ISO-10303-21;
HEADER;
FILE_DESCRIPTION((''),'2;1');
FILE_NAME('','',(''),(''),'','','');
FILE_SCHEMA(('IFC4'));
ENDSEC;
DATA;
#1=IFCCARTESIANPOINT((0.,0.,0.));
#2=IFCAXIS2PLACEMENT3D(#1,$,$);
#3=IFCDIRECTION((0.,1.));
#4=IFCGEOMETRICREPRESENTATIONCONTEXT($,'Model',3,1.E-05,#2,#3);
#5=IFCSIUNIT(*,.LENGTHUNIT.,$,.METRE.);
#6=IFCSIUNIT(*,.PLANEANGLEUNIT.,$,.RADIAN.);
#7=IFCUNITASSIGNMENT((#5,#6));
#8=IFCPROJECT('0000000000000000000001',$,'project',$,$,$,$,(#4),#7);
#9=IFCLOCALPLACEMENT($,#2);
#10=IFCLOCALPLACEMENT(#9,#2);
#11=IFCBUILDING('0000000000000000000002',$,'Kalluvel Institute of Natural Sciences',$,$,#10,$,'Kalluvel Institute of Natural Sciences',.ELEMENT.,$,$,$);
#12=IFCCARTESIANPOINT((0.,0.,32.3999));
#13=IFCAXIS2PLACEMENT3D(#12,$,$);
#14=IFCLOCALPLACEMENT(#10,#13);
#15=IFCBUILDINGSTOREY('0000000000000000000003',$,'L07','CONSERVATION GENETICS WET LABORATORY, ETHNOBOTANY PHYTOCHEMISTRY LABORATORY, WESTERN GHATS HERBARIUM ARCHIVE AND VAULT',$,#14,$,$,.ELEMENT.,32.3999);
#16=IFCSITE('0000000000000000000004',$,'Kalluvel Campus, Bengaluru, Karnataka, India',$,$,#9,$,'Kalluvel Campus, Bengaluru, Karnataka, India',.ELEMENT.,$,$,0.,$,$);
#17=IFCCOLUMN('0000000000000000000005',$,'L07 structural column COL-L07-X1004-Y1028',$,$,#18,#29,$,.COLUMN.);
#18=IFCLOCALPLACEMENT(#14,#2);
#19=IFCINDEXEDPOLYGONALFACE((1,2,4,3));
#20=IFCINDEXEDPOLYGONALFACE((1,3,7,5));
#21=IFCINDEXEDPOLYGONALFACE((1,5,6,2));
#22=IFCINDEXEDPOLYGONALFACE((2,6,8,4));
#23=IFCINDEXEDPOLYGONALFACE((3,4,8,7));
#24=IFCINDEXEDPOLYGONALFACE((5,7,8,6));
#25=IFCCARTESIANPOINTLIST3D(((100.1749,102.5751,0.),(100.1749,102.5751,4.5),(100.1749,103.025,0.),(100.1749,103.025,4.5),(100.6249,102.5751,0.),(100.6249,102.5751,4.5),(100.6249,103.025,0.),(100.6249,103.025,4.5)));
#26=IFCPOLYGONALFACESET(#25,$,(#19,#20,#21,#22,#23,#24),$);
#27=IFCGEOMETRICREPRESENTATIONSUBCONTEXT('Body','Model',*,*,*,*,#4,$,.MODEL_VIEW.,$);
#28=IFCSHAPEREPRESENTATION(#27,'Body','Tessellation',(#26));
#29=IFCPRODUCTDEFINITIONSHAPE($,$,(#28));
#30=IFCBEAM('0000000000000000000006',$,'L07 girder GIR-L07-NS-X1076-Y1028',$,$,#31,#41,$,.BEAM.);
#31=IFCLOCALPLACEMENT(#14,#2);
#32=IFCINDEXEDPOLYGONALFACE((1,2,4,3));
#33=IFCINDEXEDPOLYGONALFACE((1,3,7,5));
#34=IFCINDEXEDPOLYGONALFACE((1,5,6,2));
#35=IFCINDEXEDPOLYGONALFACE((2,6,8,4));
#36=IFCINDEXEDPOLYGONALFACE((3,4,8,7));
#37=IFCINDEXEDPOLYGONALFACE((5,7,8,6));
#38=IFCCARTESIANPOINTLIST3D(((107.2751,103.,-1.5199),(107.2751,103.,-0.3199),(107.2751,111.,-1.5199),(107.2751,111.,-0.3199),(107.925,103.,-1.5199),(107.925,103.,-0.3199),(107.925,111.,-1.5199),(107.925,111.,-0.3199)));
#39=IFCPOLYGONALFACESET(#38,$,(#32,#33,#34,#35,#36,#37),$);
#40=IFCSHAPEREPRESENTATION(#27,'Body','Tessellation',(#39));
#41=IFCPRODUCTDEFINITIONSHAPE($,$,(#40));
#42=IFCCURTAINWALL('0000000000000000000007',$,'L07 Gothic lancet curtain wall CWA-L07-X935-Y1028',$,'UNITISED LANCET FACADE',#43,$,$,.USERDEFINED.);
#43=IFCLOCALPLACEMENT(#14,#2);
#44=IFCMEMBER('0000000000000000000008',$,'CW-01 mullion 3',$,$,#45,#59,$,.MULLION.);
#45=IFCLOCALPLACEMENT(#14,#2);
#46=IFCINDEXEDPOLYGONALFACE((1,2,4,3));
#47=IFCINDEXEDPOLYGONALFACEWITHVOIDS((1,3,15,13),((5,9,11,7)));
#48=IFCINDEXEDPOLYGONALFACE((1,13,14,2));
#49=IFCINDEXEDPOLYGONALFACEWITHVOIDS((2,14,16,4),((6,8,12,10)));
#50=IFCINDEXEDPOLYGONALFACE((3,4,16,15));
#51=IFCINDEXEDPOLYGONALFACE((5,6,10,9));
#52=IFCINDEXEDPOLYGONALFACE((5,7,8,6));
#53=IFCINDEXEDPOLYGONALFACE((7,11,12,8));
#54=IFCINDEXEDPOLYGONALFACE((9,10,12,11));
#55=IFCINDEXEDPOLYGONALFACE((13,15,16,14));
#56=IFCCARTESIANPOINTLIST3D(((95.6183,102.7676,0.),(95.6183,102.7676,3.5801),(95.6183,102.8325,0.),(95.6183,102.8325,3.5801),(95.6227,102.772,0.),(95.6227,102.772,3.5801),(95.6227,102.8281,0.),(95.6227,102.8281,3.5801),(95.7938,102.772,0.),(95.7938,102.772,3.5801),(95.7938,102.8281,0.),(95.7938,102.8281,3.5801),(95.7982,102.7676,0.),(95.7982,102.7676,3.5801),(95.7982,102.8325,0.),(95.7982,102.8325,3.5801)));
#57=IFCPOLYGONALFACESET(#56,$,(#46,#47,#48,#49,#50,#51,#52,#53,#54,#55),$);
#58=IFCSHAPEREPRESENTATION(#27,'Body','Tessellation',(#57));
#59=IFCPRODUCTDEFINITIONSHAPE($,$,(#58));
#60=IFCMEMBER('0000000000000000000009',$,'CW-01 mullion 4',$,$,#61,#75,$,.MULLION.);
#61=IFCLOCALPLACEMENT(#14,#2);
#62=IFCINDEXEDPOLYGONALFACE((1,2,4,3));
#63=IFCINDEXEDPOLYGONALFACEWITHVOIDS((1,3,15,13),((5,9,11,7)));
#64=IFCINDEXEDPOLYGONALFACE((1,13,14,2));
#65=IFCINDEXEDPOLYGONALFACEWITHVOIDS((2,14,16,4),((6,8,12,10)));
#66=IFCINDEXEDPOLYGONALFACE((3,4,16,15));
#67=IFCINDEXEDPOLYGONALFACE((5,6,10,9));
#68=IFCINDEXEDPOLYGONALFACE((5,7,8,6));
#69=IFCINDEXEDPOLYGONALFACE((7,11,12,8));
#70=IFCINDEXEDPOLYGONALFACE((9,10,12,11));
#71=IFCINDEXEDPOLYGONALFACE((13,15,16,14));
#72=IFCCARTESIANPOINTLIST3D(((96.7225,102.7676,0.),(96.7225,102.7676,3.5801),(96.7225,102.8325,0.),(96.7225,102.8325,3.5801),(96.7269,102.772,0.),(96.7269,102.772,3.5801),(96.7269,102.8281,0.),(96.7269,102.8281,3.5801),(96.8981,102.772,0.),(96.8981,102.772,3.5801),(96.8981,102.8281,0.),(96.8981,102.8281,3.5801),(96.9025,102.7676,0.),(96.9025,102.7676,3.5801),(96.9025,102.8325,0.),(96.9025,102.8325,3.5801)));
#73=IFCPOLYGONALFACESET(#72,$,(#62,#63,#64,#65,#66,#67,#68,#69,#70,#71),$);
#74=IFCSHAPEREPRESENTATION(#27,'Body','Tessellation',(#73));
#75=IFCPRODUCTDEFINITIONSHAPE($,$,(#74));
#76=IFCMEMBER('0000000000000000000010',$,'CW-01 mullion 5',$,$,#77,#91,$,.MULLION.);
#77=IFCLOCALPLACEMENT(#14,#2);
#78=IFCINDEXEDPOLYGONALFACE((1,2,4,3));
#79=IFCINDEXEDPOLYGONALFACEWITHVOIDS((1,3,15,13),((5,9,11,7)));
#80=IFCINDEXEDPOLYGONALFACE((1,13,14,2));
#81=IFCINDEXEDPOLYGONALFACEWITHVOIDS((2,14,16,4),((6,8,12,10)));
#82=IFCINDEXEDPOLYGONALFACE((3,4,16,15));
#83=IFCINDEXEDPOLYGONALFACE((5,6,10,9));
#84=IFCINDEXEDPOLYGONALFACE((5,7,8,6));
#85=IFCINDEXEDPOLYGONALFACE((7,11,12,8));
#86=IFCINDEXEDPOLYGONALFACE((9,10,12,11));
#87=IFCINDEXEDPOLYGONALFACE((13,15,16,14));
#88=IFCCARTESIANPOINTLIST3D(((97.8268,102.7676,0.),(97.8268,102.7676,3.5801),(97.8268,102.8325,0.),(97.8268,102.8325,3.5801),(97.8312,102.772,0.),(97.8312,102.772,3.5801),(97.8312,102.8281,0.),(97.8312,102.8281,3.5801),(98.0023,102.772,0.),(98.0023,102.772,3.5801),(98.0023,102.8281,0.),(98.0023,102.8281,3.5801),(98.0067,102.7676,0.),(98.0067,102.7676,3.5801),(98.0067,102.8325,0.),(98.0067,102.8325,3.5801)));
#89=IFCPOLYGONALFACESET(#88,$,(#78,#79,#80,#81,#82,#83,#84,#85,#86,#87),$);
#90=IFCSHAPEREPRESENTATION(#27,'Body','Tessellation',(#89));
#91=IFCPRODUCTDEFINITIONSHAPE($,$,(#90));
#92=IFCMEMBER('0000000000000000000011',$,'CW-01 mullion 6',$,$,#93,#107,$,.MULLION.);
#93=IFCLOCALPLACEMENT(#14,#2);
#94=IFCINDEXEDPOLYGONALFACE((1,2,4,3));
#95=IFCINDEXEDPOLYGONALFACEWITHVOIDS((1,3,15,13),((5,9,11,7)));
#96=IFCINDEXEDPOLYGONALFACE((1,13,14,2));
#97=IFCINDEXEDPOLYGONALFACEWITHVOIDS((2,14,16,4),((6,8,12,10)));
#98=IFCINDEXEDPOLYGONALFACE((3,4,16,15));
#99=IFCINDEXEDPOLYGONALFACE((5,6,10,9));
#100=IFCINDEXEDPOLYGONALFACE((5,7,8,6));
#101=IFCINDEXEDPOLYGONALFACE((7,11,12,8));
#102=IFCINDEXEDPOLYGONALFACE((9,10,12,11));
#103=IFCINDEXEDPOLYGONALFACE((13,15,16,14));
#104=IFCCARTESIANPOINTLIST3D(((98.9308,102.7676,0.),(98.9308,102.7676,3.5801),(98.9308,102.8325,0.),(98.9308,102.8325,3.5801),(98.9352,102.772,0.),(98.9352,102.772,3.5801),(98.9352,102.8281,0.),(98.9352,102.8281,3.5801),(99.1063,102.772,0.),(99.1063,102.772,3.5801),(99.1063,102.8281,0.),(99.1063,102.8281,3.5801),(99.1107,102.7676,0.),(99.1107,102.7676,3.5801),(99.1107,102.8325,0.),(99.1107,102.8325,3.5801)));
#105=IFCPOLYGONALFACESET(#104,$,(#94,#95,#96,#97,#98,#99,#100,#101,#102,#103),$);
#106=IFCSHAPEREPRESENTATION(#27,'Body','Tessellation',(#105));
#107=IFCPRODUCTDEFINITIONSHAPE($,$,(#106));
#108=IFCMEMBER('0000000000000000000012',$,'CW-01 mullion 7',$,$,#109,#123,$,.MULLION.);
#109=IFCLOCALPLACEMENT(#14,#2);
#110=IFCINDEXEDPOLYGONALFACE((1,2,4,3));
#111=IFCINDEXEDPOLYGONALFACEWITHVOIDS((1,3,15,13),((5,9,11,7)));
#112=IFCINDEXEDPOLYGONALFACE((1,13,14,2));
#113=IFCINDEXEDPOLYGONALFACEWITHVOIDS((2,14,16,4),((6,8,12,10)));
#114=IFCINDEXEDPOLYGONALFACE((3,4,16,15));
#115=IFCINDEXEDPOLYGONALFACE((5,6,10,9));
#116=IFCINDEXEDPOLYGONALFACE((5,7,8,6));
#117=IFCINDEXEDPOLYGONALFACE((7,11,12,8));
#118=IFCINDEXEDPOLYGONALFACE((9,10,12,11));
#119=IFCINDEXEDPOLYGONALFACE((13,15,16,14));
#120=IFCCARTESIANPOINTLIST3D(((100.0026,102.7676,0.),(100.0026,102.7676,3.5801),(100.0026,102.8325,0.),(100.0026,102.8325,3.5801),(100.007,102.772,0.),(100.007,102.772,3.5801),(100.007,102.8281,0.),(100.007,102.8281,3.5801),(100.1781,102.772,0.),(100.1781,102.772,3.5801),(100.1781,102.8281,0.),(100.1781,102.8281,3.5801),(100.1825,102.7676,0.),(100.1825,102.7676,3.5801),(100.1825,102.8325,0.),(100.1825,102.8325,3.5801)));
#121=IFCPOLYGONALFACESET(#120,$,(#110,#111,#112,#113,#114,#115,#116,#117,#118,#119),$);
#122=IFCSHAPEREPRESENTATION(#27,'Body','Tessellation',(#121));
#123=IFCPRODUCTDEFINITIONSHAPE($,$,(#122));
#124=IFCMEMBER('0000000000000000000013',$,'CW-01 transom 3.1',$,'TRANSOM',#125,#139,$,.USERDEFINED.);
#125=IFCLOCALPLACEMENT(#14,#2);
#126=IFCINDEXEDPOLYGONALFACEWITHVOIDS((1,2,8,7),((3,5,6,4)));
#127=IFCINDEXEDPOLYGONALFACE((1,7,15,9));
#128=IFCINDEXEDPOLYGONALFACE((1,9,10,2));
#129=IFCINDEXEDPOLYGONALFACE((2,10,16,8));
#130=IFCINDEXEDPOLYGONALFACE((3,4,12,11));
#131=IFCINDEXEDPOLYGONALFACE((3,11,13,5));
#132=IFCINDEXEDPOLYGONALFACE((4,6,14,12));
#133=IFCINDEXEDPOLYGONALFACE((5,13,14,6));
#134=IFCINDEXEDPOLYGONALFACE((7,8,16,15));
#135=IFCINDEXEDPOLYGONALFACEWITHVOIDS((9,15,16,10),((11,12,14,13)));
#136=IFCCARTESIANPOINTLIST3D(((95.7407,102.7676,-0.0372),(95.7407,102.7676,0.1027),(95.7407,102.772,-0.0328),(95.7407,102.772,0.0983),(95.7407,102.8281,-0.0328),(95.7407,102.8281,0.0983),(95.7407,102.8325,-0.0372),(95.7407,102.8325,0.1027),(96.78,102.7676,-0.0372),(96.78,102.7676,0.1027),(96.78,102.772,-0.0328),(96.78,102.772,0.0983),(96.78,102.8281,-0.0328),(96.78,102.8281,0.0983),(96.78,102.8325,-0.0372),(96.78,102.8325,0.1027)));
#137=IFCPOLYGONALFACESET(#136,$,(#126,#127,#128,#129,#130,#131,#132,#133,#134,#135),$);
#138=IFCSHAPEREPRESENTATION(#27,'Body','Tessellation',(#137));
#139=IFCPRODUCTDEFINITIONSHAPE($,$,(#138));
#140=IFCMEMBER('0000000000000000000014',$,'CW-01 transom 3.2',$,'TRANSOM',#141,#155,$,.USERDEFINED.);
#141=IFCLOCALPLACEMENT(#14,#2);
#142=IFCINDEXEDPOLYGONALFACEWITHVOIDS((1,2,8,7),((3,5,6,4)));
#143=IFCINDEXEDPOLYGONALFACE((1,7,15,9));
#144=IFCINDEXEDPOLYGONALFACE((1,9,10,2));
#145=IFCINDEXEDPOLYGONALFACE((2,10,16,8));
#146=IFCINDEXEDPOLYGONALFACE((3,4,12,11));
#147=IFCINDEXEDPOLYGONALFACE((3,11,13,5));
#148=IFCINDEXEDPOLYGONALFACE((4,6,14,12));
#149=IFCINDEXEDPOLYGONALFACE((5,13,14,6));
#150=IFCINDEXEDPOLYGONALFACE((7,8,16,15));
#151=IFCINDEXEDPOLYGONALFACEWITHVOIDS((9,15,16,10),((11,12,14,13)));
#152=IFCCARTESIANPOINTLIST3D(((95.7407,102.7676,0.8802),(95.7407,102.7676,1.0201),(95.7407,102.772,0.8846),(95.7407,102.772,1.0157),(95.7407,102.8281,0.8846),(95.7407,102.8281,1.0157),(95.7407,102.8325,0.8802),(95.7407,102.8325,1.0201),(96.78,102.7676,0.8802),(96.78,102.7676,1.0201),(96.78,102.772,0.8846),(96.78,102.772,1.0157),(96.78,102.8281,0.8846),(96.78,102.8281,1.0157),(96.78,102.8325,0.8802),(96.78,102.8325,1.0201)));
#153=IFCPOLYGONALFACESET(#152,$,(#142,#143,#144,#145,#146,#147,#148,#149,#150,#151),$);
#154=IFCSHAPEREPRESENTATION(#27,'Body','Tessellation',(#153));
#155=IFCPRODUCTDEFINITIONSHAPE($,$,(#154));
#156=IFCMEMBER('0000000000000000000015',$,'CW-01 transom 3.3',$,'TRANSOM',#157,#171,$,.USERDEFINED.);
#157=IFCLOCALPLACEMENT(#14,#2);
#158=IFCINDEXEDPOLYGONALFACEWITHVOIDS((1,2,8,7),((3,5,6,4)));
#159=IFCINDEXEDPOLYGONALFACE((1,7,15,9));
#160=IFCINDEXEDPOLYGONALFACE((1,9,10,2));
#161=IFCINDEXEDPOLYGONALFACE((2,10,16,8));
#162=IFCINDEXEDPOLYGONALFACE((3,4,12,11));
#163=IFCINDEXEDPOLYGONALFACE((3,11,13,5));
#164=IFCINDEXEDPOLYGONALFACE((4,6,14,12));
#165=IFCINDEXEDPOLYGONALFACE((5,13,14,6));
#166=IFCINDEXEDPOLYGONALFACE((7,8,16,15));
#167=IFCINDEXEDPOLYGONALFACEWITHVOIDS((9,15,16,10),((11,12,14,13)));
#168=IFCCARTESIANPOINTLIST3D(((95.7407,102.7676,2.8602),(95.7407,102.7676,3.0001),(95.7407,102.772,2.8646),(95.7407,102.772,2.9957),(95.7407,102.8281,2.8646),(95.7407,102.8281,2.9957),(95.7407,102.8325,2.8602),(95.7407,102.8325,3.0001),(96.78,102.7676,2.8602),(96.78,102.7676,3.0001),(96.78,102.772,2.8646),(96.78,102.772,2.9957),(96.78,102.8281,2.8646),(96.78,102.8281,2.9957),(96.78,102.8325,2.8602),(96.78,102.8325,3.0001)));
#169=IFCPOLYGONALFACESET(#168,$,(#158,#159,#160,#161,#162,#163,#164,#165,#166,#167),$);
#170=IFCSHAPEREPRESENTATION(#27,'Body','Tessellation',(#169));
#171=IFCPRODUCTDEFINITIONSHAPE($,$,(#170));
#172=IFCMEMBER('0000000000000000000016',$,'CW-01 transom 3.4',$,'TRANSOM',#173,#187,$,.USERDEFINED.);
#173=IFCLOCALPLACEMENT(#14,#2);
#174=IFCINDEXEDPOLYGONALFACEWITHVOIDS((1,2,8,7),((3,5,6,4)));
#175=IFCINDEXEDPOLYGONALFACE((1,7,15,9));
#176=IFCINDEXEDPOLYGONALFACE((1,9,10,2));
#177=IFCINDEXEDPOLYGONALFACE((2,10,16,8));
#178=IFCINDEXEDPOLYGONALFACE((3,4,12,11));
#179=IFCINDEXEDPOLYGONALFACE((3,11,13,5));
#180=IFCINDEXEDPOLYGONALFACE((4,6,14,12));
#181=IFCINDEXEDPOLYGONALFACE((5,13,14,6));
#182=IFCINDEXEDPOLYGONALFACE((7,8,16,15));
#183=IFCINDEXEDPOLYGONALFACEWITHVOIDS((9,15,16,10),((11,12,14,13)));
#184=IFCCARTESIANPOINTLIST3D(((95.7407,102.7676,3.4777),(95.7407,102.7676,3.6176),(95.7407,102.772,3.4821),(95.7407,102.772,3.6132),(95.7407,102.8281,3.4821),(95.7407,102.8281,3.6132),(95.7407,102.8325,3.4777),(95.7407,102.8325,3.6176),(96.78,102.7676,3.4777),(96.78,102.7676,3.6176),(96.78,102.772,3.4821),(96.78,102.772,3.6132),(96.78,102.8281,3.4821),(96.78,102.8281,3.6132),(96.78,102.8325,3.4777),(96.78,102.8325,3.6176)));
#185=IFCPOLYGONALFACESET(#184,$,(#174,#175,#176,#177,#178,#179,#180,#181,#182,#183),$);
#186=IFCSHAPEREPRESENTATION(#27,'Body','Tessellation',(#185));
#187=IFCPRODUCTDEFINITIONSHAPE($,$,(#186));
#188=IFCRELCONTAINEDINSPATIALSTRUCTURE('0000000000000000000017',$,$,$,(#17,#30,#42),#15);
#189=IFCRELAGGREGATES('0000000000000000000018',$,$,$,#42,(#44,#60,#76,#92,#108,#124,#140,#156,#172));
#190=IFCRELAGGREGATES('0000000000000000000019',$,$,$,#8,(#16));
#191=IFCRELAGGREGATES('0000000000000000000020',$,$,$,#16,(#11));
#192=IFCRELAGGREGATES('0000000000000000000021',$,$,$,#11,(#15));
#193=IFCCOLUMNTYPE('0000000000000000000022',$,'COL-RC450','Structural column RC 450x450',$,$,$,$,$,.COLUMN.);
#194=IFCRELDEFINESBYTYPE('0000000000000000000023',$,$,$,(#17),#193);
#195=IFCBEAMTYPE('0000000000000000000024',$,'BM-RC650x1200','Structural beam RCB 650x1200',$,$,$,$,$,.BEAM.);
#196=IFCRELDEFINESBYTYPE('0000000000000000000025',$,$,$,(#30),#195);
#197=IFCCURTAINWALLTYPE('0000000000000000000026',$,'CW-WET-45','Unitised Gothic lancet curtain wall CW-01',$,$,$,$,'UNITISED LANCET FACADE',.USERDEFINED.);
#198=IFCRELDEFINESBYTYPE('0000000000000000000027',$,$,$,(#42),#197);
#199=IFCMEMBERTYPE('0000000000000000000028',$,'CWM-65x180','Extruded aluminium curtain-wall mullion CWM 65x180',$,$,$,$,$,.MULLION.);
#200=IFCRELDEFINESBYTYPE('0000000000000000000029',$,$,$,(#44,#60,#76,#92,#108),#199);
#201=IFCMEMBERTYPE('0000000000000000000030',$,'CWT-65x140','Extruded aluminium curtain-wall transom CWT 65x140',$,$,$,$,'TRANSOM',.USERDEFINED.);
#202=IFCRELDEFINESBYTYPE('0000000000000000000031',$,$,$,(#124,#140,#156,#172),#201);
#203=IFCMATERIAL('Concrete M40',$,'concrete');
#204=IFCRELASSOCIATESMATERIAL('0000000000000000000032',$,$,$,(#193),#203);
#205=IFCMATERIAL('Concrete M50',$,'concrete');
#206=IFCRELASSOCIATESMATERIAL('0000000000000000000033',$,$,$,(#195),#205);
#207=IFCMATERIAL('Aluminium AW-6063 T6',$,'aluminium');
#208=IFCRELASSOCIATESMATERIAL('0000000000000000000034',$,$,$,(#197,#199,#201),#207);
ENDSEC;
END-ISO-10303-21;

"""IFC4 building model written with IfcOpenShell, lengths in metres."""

from ifc_helpers import new_model, si_unit, direction, frame, origin, origin_2d, place, context, subcontext, project, spatial, rectangle, hollow_rectangle, extrude, material, material_profile, profile_set, type_object, element, aggregate, save


model = new_model("IFC4")

# Units and contexts
model_context = context("Model", 3, precision=1e-05, world=origin(), true_north=direction((0.0, 1.0)))
body_context = subcontext(model_context, "Body", "Model", "MODEL_VIEW")
ifc_project = project(units=[si_unit("LENGTHUNIT", "METRE"), si_unit("PLANEANGLEUNIT", "RADIAN")], contexts=[model_context])

# Site, building, storey
site_placement = place(None, origin())
site = spatial("IfcSite", under=ifc_project, at=site_placement, Name="Kalluvel Campus, Bengaluru, Karnataka, India", LongName="Kalluvel Campus, Bengaluru, Karnataka, India", CompositionType="ELEMENT", RefElevation=0.0)
building_placement = place(site_placement, origin())
building = spatial("IfcBuilding", under=site, at=building_placement, Name="Kalluvel Institute of Natural Sciences", LongName="Kalluvel Institute of Natural Sciences", CompositionType="ELEMENT")
storey_placement = place(building_placement, frame((0.0, 0.0, 32.3999)))
storey = spatial("IfcBuildingStorey", under=building, at=storey_placement, Name="L07", Description="CONSERVATION GENETICS WET LABORATORY, ETHNOBOTANY PHYTOCHEMISTRY LABORATORY, WESTERN GHATS HERBARIUM ARCHIVE AND VAULT", CompositionType="ELEMENT", Elevation=32.3999)

# Column
ifc_material_1 = material(Name="Concrete M40", Category="concrete")
ifc_material_profile_1 = material_profile(ifc_material_1, rectangle(XDim=0.45, YDim=0.45, at=origin_2d()), Name="RC 450x450")
ifc_profile_set_1 = profile_set([ifc_material_profile_1], Name="Concrete M40")
column_type = type_object("IfcColumnType", Name="COL-RC450", Description="Structural column RC 450x450", PredefinedType="COLUMN", material=ifc_profile_set_1)
column_placement = place(storey_placement, frame((100.3999, 102.8, 0.0), z_axis=(0.0, 0.0, 1.0), x_axis=(1.0, 0.0, 0.0)))
element("IfcColumn", 1, at=column_placement, inside=storey, type_object=column_type, Name="L07 structural column COL-L07-X1004-Y1028", PredefinedType="COLUMN", context=body_context, shape_type="SweptSolid", body=[
    extrude(rectangle(XDim=0.45, YDim=0.45, at=origin_2d()), origin(), (0.0, 0.0, 1.0), 4.5),
])

# Beam
ifc_material_2 = material(Name="Concrete M50", Category="concrete")
ifc_material_profile_2 = material_profile(ifc_material_2, rectangle(XDim=0.6499, YDim=1.2, at=origin_2d()), Name="RCB 650x1200")
ifc_profile_set_2 = profile_set([ifc_material_profile_2], Name="Concrete M50")
beam_type_1 = type_object("IfcBeamType", Name="BM-RC650x1200", Description="Structural beam RCB 650x1200", PredefinedType="BEAM", material=ifc_profile_set_2)
beam_1_placement = place(storey_placement, frame((107.6001, 103.0, -0.9199), z_axis=(0.0, 1.0, 0.0), x_axis=(-1.0, 0.0, 0.0)))
element("IfcBeam", 2, at=beam_1_placement, inside=storey, type_object=beam_type_1, Name="L07 girder GIR-L07-NS-X1076-Y1028", PredefinedType="BEAM", context=body_context, shape_type="SweptSolid", body=[
    extrude(rectangle(XDim=0.6499, YDim=1.2, at=origin_2d()), origin(), (0.0, 0.0, 1.0), 8.0),
])

# Curtain wall, members
ifc_material_3 = material(Name="Aluminium AW-6063 T6", Category="aluminium")
curtain_wall_type = type_object("IfcCurtainWallType", Name="CW-WET-45", Description="Unitised Gothic lancet curtain wall CW-01", ElementType="UNITISED LANCET FACADE", PredefinedType="USERDEFINED", material=ifc_material_3)
curtain_wall_placement = place(storey_placement, origin())
curtain_wall = element("IfcCurtainWall", 3, at=curtain_wall_placement, inside=storey, type_object=curtain_wall_type, Name="L07 Gothic lancet curtain wall CWA-L07-X935-Y1028", ObjectType="UNITISED LANCET FACADE", PredefinedType="USERDEFINED")
ifc_material_profile_3 = material_profile(ifc_material_3, hollow_rectangle(XDim=0.0649, YDim=0.1799, WallThickness=0.0044, at=origin_2d()), Name="CWM 65x180")
ifc_profile_set_3 = profile_set([ifc_material_profile_3], Name="Aluminium AW-6063 T6")
member_type_1 = type_object("IfcMemberType", Name="CWM-65x180", Description="Extruded aluminium curtain-wall mullion CWM 65x180", PredefinedType="MULLION", material=ifc_profile_set_3)
member_1_placement = place(storey_placement, frame((95.7083, 102.8, 0.0), z_axis=(0.0, 0.0, 1.0), x_axis=(0.0, 1.0, 0.0)))
member_1 = element("IfcMember", 4, at=member_1_placement, type_object=member_type_1, Name="CW-01 mullion 3", PredefinedType="MULLION", context=body_context, shape_type="SweptSolid", body=[
    extrude(hollow_rectangle(XDim=0.0649, YDim=0.1799, WallThickness=0.0044, at=origin_2d()), origin(), (0.0, 0.0, 1.0), 3.5801),
])
member_2_placement = place(storey_placement, frame((96.8125, 102.8, 0.0), z_axis=(0.0, 0.0, 1.0), x_axis=(0.0, 1.0, 0.0)))
member_2 = element("IfcMember", 5, at=member_2_placement, type_object=member_type_1, Name="CW-01 mullion 4", PredefinedType="MULLION", context=body_context, shape_type="SweptSolid", body=[
    extrude(hollow_rectangle(XDim=0.0649, YDim=0.1799, WallThickness=0.0044, at=origin_2d()), origin(), (0.0, 0.0, 1.0), 3.5801),
])
member_3_placement = place(storey_placement, frame((97.9167, 102.8, 0.0), z_axis=(0.0, 0.0, 1.0), x_axis=(0.0, 1.0, 0.0)))
member_3 = element("IfcMember", 6, at=member_3_placement, type_object=member_type_1, Name="CW-01 mullion 5", PredefinedType="MULLION", context=body_context, shape_type="SweptSolid", body=[
    extrude(hollow_rectangle(XDim=0.0649, YDim=0.1799, WallThickness=0.0044, at=origin_2d()), origin(), (0.0, 0.0, 1.0), 3.5801),
])
member_4_placement = place(storey_placement, frame((99.0208, 102.8, 0.0), z_axis=(0.0, 0.0, 1.0), x_axis=(0.0, 1.0, 0.0)))
member_4 = element("IfcMember", 7, at=member_4_placement, type_object=member_type_1, Name="CW-01 mullion 6", PredefinedType="MULLION", context=body_context, shape_type="SweptSolid", body=[
    extrude(hollow_rectangle(XDim=0.0649, YDim=0.1799, WallThickness=0.0044, at=origin_2d()), origin(), (0.0, 0.0, 1.0), 3.5801),
])
member_5_placement = place(storey_placement, frame((100.0925, 102.8, 0.0), z_axis=(0.0, 0.0, 1.0), x_axis=(0.0, 1.0, 0.0)))
member_5 = element("IfcMember", 8, at=member_5_placement, type_object=member_type_1, Name="CW-01 mullion 7", PredefinedType="MULLION", context=body_context, shape_type="SweptSolid", body=[
    extrude(hollow_rectangle(XDim=0.0649, YDim=0.1799, WallThickness=0.0044, at=origin_2d()), origin(), (0.0, 0.0, 1.0), 3.5801),
])
ifc_material_profile_4 = material_profile(ifc_material_3, hollow_rectangle(XDim=0.0649, YDim=0.1399, WallThickness=0.0044, at=origin_2d()), Name="CWT 65x140")
ifc_profile_set_4 = profile_set([ifc_material_profile_4], Name="Aluminium AW-6063 T6")
member_type_2 = type_object("IfcMemberType", Name="CWT-65x140", Description="Extruded aluminium curtain-wall transom CWT 65x140", ElementType="TRANSOM", PredefinedType="USERDEFINED", material=ifc_profile_set_4)
member_6_placement = place(storey_placement, frame((95.7407, 102.8, 0.0327), z_axis=(1.0, 0.0, 0.0), x_axis=(0.0, 1.0, 0.0)))
member_6 = element("IfcMember", 9, at=member_6_placement, type_object=member_type_2, Name="CW-01 transom 3.1", ObjectType="TRANSOM", PredefinedType="USERDEFINED", context=body_context, shape_type="SweptSolid", body=[
    extrude(hollow_rectangle(XDim=0.0649, YDim=0.1399, WallThickness=0.0044, at=origin_2d()), origin(), (0.0, 0.0, 1.0), 1.0393),
])
member_7_placement = place(storey_placement, frame((95.7407, 102.8, 0.9502), z_axis=(1.0, 0.0, 0.0), x_axis=(0.0, 1.0, 0.0)))
member_7 = element("IfcMember", 10, at=member_7_placement, type_object=member_type_2, Name="CW-01 transom 3.2", ObjectType="TRANSOM", PredefinedType="USERDEFINED", context=body_context, shape_type="SweptSolid", body=[
    extrude(hollow_rectangle(XDim=0.0649, YDim=0.1399, WallThickness=0.0044, at=origin_2d()), origin(), (0.0, 0.0, 1.0), 1.0393),
])
member_8_placement = place(storey_placement, frame((95.7407, 102.8, 2.9302), z_axis=(1.0, 0.0, 0.0), x_axis=(0.0, 1.0, 0.0)))
member_8 = element("IfcMember", 11, at=member_8_placement, type_object=member_type_2, Name="CW-01 transom 3.3", ObjectType="TRANSOM", PredefinedType="USERDEFINED", context=body_context, shape_type="SweptSolid", body=[
    extrude(hollow_rectangle(XDim=0.0649, YDim=0.1399, WallThickness=0.0044, at=origin_2d()), origin(), (0.0, 0.0, 1.0), 1.0393),
])
member_9_placement = place(storey_placement, frame((95.7407, 102.8, 3.5476), z_axis=(1.0, 0.0, 0.0), x_axis=(0.0, 1.0, 0.0)))
member_9 = element("IfcMember", 12, at=member_9_placement, type_object=member_type_2, Name="CW-01 transom 3.4", ObjectType="TRANSOM", PredefinedType="USERDEFINED", context=body_context, shape_type="SweptSolid", body=[
    extrude(hollow_rectangle(XDim=0.0649, YDim=0.1399, WallThickness=0.0044, at=origin_2d()), origin(), (0.0, 0.0, 1.0), 1.0393),
])

aggregate(curtain_wall, [member_1, member_2, member_3, member_4, member_5, member_6, member_7, member_8, member_9])

save(model, "model.ifc")
